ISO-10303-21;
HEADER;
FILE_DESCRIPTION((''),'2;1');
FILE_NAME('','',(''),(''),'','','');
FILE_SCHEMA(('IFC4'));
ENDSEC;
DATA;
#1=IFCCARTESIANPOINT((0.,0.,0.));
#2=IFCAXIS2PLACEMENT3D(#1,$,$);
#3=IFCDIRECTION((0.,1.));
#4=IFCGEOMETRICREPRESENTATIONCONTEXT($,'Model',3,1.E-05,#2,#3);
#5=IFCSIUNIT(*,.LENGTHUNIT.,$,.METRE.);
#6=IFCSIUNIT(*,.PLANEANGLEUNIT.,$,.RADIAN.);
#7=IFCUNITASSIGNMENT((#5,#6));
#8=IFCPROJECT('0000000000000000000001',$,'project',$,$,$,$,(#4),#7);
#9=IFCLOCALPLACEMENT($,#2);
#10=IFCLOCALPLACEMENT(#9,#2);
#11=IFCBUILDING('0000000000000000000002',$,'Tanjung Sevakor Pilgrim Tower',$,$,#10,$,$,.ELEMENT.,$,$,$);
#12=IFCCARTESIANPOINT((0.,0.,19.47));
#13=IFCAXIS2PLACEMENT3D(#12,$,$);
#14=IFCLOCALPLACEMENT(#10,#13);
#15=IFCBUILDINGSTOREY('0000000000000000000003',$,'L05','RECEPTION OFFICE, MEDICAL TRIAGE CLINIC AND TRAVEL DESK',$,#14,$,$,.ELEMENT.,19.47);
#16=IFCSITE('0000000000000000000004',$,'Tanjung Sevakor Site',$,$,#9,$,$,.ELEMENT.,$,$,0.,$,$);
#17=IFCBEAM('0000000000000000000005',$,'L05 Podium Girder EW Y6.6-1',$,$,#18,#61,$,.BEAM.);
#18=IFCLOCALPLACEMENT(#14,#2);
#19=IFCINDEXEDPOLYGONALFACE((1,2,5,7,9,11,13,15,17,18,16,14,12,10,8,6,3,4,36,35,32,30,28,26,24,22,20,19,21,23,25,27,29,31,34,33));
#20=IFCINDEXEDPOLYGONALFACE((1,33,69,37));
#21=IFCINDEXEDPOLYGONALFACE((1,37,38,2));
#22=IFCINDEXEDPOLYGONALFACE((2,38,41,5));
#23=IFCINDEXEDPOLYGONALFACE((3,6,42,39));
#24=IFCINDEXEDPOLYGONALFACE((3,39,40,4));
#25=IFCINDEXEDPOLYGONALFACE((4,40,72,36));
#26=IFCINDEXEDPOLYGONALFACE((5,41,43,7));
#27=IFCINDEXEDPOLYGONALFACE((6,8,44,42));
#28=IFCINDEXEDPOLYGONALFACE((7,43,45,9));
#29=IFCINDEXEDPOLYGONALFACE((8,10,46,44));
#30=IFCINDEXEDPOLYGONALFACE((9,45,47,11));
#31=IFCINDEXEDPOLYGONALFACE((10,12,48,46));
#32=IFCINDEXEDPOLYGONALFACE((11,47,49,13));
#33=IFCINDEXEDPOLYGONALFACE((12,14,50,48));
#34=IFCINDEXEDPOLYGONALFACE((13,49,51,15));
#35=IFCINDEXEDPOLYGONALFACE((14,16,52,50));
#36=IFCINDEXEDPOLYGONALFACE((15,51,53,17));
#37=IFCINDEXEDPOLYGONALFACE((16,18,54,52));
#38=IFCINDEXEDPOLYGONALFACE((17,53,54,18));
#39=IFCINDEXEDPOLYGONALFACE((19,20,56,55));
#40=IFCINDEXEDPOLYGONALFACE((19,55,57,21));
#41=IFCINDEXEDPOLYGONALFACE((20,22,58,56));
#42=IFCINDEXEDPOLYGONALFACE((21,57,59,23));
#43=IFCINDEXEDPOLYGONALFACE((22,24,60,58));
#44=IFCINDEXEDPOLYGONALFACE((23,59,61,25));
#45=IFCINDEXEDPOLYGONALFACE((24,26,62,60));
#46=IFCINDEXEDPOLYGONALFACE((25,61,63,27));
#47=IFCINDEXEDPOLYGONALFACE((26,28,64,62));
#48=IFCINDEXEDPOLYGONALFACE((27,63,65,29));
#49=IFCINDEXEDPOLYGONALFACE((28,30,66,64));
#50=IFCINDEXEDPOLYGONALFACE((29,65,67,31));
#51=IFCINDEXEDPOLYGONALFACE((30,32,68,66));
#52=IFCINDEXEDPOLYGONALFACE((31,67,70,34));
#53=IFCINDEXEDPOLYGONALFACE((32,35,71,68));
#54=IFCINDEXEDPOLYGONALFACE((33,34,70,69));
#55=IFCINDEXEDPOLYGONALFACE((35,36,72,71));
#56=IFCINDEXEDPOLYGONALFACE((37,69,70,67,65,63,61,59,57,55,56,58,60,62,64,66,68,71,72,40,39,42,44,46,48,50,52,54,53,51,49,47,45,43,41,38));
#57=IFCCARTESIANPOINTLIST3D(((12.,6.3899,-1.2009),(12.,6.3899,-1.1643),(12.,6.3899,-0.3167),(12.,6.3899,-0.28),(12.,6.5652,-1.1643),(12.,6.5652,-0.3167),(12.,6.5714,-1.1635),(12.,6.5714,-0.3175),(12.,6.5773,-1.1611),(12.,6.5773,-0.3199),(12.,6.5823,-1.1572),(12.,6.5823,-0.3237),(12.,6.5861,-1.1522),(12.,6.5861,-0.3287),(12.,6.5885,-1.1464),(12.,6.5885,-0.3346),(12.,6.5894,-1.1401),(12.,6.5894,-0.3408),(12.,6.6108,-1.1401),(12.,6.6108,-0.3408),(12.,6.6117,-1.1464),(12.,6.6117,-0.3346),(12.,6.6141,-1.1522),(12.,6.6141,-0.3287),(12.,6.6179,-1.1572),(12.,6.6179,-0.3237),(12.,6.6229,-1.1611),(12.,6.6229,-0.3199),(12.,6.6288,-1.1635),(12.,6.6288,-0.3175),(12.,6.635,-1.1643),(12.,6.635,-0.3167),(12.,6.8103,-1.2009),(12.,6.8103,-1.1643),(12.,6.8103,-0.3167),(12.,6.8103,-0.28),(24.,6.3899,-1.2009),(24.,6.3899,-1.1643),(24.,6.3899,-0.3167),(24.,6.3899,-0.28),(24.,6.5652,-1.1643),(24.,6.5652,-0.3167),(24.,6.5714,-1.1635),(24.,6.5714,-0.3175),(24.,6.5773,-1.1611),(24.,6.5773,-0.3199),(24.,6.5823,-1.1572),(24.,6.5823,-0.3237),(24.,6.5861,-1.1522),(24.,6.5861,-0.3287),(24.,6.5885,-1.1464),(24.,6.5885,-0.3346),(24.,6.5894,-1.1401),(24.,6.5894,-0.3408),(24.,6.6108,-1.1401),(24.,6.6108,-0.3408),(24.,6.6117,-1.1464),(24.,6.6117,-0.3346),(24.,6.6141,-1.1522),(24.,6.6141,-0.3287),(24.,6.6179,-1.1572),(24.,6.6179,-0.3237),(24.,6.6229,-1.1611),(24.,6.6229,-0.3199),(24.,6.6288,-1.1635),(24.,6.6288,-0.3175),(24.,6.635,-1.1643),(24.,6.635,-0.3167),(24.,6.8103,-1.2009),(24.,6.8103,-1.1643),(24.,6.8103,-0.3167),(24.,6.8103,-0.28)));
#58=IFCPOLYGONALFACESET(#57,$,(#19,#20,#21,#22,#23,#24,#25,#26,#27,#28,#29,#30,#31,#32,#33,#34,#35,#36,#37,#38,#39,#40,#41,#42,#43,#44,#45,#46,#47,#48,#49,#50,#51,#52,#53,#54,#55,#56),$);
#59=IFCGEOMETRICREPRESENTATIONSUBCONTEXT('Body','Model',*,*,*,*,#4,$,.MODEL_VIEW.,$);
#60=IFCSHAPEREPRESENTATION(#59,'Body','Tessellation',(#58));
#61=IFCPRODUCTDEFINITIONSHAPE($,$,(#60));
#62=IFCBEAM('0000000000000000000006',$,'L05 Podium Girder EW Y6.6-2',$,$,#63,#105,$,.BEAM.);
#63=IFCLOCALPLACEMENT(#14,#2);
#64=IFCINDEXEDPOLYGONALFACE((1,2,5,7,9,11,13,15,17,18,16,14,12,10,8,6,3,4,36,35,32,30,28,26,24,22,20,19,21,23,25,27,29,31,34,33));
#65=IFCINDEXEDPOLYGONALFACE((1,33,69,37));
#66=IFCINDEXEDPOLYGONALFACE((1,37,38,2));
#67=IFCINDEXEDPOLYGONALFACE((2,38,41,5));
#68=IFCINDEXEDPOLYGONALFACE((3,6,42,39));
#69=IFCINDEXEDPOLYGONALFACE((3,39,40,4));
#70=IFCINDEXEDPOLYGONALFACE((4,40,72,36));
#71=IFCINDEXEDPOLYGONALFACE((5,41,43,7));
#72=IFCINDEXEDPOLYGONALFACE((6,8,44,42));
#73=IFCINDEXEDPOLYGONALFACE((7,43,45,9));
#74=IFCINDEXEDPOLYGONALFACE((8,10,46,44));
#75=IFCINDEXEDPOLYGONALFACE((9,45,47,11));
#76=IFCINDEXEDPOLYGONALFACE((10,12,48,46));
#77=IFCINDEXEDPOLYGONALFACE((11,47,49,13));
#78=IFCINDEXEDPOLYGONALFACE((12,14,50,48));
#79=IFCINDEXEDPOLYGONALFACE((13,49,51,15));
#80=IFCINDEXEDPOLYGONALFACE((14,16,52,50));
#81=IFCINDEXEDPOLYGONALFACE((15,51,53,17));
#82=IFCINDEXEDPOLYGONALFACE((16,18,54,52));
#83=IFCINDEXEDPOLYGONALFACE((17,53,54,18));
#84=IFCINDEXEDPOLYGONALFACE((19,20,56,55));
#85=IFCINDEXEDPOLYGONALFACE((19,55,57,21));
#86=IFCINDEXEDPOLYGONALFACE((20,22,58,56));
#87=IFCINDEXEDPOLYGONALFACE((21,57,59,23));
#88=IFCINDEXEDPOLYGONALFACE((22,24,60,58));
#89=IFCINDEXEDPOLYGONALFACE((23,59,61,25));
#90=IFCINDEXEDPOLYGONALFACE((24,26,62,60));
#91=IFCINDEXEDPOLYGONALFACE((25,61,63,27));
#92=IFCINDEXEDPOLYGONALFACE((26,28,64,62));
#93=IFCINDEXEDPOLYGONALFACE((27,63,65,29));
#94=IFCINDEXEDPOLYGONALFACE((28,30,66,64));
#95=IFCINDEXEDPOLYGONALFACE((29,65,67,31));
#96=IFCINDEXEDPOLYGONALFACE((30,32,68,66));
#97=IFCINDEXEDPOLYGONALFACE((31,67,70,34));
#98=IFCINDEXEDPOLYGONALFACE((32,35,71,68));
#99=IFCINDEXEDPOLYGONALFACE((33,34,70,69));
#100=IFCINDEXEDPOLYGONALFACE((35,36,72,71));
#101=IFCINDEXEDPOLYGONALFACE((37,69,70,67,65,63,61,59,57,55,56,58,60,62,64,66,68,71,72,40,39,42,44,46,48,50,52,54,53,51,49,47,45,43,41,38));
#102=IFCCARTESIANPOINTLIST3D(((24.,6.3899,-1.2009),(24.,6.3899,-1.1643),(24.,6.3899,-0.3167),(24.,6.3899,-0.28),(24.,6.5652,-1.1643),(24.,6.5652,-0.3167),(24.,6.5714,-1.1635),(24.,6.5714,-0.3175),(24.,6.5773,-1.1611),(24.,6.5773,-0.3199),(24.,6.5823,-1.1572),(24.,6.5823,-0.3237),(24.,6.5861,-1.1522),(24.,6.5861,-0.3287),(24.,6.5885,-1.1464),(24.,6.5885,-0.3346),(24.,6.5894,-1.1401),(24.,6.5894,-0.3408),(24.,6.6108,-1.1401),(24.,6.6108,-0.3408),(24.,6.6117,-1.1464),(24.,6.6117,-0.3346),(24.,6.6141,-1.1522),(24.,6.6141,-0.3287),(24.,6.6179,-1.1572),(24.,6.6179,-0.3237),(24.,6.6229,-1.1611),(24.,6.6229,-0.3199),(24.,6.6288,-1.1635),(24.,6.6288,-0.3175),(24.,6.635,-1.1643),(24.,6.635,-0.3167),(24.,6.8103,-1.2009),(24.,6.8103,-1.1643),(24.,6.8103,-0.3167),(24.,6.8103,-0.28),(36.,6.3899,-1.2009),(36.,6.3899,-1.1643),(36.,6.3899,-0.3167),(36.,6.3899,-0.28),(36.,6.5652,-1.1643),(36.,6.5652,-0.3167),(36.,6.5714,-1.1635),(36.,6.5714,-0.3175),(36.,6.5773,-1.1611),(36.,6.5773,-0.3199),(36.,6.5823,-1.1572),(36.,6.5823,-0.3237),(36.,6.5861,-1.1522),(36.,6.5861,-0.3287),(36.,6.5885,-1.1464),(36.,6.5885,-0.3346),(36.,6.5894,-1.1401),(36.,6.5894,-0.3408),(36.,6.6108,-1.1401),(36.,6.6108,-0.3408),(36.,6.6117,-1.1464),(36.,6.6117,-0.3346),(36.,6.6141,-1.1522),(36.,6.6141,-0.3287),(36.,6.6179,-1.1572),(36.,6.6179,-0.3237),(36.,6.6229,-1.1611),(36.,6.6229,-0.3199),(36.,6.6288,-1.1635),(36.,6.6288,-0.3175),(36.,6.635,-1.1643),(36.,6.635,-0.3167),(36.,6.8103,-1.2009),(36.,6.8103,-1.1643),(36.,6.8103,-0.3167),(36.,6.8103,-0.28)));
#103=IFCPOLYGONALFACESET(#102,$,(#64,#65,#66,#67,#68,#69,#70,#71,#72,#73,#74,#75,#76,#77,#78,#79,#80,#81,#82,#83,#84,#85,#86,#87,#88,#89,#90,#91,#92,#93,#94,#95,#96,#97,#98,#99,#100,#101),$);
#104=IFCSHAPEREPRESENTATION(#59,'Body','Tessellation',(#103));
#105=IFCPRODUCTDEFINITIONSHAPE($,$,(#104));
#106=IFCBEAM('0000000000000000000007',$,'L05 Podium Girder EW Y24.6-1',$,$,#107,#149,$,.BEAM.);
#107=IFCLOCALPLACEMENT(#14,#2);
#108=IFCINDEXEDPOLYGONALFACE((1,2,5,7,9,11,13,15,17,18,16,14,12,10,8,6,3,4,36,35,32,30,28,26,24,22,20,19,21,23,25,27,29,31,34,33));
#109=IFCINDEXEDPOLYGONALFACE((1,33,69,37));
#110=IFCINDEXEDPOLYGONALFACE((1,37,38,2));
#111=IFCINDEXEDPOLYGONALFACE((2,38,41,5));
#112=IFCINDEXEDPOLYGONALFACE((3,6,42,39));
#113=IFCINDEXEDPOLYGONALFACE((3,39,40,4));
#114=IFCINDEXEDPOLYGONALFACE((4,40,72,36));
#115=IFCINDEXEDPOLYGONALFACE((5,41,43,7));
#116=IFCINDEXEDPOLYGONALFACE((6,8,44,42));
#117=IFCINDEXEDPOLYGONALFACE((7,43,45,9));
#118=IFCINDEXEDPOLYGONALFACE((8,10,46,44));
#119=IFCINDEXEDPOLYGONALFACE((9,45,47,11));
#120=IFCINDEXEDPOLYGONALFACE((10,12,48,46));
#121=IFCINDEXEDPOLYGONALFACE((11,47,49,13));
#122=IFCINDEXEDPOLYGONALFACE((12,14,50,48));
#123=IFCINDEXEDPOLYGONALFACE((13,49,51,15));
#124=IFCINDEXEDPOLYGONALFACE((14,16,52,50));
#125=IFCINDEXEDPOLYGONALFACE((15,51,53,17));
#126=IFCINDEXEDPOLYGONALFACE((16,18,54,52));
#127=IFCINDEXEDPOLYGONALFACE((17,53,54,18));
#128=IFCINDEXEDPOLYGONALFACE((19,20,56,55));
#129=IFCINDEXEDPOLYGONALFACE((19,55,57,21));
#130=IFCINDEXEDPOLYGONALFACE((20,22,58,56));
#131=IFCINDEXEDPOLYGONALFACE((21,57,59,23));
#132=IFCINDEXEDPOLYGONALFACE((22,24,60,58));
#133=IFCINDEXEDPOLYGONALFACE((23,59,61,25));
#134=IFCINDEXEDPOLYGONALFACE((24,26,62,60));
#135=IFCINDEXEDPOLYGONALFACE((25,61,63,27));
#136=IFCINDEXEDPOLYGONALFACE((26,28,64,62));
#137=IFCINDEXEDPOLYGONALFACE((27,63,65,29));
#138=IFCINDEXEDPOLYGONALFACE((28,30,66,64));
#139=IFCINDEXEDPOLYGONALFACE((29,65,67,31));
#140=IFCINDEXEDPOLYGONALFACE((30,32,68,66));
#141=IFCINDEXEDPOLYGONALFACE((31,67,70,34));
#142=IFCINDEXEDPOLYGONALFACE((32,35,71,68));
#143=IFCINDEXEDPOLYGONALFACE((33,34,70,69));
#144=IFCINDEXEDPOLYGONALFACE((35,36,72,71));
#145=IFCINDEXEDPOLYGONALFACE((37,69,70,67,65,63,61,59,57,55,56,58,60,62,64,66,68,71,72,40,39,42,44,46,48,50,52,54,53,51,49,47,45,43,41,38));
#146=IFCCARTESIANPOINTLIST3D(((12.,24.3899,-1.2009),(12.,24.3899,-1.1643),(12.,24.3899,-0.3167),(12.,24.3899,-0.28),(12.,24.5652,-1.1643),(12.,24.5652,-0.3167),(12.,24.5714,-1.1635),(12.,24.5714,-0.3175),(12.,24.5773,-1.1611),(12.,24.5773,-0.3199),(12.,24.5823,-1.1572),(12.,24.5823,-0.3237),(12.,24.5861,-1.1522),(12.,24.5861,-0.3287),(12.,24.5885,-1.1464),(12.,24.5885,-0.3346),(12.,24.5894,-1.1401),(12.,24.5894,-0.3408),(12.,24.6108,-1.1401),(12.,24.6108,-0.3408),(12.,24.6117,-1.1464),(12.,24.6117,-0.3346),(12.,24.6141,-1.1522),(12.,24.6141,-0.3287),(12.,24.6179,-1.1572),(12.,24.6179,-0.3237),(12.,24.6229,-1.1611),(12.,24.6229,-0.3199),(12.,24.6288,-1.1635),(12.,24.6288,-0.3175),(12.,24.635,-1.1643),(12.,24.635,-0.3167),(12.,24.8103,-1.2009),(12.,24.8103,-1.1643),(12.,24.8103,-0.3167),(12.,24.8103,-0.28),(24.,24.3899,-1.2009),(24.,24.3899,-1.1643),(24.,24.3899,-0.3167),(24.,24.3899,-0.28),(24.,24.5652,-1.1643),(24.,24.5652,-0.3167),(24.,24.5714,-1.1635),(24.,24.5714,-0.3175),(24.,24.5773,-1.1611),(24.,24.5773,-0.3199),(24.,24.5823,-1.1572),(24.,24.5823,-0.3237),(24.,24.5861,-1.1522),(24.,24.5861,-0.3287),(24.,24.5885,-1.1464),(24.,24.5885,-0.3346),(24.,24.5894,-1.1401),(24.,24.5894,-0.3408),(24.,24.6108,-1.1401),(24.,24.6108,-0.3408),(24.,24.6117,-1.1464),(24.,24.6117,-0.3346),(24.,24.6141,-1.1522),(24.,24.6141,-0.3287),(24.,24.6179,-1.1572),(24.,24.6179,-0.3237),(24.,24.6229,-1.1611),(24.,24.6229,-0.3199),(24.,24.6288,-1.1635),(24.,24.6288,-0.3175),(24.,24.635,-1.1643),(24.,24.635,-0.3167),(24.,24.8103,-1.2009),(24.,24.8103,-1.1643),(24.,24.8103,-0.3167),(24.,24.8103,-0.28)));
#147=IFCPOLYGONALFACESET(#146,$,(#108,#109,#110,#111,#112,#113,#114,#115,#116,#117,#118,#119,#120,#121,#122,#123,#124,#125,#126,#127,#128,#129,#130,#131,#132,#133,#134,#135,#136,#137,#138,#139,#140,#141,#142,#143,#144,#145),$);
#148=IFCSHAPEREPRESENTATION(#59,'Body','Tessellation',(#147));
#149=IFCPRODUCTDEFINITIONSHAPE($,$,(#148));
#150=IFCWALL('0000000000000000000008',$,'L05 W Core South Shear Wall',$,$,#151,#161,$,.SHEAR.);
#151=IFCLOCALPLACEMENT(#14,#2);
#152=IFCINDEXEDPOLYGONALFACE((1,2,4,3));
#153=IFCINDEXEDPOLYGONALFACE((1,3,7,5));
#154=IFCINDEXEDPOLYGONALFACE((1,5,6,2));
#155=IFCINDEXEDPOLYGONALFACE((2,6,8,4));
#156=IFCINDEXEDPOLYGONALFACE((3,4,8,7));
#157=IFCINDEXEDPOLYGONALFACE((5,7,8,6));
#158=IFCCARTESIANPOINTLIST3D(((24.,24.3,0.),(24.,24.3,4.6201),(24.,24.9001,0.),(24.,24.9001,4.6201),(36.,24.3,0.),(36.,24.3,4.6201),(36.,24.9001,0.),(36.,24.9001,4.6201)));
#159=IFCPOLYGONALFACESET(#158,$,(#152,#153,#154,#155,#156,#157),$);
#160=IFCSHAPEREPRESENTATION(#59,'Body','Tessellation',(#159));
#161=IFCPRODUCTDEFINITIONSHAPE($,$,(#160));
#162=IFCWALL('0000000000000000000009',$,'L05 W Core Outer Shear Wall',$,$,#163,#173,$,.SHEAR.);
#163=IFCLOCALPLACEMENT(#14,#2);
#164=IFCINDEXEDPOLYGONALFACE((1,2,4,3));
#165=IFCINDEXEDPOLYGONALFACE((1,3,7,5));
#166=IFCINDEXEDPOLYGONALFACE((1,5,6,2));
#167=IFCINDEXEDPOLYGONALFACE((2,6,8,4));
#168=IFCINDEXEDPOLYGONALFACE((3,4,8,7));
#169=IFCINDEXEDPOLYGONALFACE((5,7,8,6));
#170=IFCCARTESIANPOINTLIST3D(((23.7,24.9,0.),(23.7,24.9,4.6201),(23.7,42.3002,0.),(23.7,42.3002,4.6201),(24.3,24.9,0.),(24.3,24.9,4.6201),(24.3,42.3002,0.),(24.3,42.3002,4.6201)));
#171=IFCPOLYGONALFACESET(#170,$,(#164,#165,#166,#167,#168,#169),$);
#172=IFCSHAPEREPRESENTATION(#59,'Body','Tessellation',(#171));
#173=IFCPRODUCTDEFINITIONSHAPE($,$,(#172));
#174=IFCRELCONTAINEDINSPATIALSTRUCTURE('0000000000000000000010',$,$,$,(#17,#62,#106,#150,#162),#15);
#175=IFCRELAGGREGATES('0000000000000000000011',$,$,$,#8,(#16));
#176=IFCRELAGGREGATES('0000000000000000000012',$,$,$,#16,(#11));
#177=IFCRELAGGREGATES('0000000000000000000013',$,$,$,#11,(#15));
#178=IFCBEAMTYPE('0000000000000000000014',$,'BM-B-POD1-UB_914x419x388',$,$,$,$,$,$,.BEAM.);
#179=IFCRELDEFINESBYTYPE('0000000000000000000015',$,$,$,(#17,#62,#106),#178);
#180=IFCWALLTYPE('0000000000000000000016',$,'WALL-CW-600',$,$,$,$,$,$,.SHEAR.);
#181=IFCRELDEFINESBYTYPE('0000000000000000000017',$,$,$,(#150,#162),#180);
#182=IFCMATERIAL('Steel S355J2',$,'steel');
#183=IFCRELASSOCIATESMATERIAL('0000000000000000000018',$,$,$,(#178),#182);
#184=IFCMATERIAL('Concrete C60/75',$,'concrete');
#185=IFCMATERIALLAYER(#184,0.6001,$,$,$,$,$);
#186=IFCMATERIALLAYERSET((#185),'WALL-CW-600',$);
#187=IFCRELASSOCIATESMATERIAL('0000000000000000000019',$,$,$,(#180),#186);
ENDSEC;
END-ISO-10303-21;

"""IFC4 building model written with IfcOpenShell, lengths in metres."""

from ifc_helpers import new_model, si_unit, direction, frame, frame_2d, origin, origin_2d, place, context, subcontext, project, spatial, rectangle, i_section, extrude, material, layer, layer_set, material_profile, profile_set, type_object, element, save


model = new_model("IFC4")

# Units and contexts
model_context = context("Model", 3, precision=1e-05, world=origin(), true_north=direction((0.0, 1.0)))
body_context = subcontext(model_context, "Body", "Model", "MODEL_VIEW")
ifc_project = project(units=[si_unit("LENGTHUNIT", "METRE"), si_unit("PLANEANGLEUNIT", "RADIAN")], contexts=[model_context])

# Site, building, storey
site_placement = place(None, origin())
site = spatial("IfcSite", under=ifc_project, at=site_placement, Name="Tanjung Sevakor Site", CompositionType="ELEMENT", RefElevation=0.0)
building_placement = place(site_placement, origin())
building = spatial("IfcBuilding", under=site, at=building_placement, Name="Tanjung Sevakor Pilgrim Tower", CompositionType="ELEMENT")
storey_placement = place(building_placement, frame((0.0, 0.0, 19.47)))
storey = spatial("IfcBuildingStorey", under=building, at=storey_placement, Name="L05", Description="RECEPTION OFFICE, MEDICAL TRIAGE CLINIC AND TRAVEL DESK", CompositionType="ELEMENT", Elevation=19.47)

# Beams
ifc_material_1 = material(Name="Steel S355J2", Category="steel")
ifc_material_profile_1 = material_profile(ifc_material_1, i_section(OverallWidth=0.4204, OverallDepth=0.9209, WebThickness=0.0215, FlangeThickness=0.0366, FilletRadius=0.0242, at=origin_2d()))
ifc_profile_set_1 = profile_set([ifc_material_profile_1], Name="Steel S355J2")
beam_type_1 = type_object("IfcBeamType", Name="BM-B-POD1-UB_914x419x388", PredefinedType="BEAM", material=ifc_profile_set_1)
for number, where, z_axis, x_axis, name in (
    (1, (12.0, 6.6001, -0.7405), (1.0, 0.0, 0.0), (0.0, 1.0, 0.0), "L05 Podium Girder EW Y6.6-1"),
    (2, (24.0, 6.6001, -0.7405), (1.0, 0.0, 0.0), (0.0, 1.0, 0.0), "L05 Podium Girder EW Y6.6-2"),
    (3, (12.0, 24.6001, -0.7405), (1.0, 0.0, 0.0), (0.0, 1.0, 0.0), "L05 Podium Girder EW Y24.6-1"),
):
    element("IfcBeam", number, at=place(storey_placement, frame(where, z_axis=z_axis, x_axis=x_axis)), inside=storey, type_object=beam_type_1, Name=name, PredefinedType="BEAM", context=body_context, shape_type="SweptSolid", body=[
        extrude(i_section(OverallWidth=0.4204, OverallDepth=0.9209, WebThickness=0.0215, FlangeThickness=0.0366, FilletRadius=0.0242, at=origin_2d()), origin(), (0.0, 0.0, 1.0), 12.0),
    ])

# Walls
ifc_material_2 = material(Name="Concrete C60/75", Category="concrete")
ifc_layer_1 = layer(ifc_material_2, 0.6001)
ifc_layer_set_1 = layer_set([ifc_layer_1], Name="WALL-CW-600")
wall_type_1 = type_object("IfcWallType", Name="WALL-CW-600", PredefinedType="SHEAR", material=ifc_layer_set_1)
wall_1_placement = place(storey_placement, frame((24.0, 24.6001, 0.0), z_axis=(0.0, 0.0, 1.0), x_axis=(1.0, 0.0, 0.0)))
element("IfcWall", 4, at=wall_1_placement, inside=storey, type_object=wall_type_1, Name="L05 W Core South Shear Wall", PredefinedType="SHEAR", context=body_context, shape_type="SweptSolid", body=[
    extrude(rectangle(XDim=12.0, YDim=0.6001, at=frame_2d((6.0, 0.0))), origin(), (0.0, 0.0, 1.0), 4.6201),
])
wall_2_placement = place(storey_placement, frame((24.0, 24.8999, 0.0), z_axis=(0.0, 0.0, 1.0), x_axis=(0.0, 1.0, 0.0)))
element("IfcWall", 5, at=wall_2_placement, inside=storey, type_object=wall_type_1, Name="L05 W Core Outer Shear Wall", PredefinedType="SHEAR", context=body_context, shape_type="SweptSolid", body=[
    extrude(rectangle(XDim=17.4001, YDim=0.6001, at=frame_2d((8.7002, 0.0))), origin(), (0.0, 0.0, 1.0), 4.6201),
])

save(model, "model.ifc")
